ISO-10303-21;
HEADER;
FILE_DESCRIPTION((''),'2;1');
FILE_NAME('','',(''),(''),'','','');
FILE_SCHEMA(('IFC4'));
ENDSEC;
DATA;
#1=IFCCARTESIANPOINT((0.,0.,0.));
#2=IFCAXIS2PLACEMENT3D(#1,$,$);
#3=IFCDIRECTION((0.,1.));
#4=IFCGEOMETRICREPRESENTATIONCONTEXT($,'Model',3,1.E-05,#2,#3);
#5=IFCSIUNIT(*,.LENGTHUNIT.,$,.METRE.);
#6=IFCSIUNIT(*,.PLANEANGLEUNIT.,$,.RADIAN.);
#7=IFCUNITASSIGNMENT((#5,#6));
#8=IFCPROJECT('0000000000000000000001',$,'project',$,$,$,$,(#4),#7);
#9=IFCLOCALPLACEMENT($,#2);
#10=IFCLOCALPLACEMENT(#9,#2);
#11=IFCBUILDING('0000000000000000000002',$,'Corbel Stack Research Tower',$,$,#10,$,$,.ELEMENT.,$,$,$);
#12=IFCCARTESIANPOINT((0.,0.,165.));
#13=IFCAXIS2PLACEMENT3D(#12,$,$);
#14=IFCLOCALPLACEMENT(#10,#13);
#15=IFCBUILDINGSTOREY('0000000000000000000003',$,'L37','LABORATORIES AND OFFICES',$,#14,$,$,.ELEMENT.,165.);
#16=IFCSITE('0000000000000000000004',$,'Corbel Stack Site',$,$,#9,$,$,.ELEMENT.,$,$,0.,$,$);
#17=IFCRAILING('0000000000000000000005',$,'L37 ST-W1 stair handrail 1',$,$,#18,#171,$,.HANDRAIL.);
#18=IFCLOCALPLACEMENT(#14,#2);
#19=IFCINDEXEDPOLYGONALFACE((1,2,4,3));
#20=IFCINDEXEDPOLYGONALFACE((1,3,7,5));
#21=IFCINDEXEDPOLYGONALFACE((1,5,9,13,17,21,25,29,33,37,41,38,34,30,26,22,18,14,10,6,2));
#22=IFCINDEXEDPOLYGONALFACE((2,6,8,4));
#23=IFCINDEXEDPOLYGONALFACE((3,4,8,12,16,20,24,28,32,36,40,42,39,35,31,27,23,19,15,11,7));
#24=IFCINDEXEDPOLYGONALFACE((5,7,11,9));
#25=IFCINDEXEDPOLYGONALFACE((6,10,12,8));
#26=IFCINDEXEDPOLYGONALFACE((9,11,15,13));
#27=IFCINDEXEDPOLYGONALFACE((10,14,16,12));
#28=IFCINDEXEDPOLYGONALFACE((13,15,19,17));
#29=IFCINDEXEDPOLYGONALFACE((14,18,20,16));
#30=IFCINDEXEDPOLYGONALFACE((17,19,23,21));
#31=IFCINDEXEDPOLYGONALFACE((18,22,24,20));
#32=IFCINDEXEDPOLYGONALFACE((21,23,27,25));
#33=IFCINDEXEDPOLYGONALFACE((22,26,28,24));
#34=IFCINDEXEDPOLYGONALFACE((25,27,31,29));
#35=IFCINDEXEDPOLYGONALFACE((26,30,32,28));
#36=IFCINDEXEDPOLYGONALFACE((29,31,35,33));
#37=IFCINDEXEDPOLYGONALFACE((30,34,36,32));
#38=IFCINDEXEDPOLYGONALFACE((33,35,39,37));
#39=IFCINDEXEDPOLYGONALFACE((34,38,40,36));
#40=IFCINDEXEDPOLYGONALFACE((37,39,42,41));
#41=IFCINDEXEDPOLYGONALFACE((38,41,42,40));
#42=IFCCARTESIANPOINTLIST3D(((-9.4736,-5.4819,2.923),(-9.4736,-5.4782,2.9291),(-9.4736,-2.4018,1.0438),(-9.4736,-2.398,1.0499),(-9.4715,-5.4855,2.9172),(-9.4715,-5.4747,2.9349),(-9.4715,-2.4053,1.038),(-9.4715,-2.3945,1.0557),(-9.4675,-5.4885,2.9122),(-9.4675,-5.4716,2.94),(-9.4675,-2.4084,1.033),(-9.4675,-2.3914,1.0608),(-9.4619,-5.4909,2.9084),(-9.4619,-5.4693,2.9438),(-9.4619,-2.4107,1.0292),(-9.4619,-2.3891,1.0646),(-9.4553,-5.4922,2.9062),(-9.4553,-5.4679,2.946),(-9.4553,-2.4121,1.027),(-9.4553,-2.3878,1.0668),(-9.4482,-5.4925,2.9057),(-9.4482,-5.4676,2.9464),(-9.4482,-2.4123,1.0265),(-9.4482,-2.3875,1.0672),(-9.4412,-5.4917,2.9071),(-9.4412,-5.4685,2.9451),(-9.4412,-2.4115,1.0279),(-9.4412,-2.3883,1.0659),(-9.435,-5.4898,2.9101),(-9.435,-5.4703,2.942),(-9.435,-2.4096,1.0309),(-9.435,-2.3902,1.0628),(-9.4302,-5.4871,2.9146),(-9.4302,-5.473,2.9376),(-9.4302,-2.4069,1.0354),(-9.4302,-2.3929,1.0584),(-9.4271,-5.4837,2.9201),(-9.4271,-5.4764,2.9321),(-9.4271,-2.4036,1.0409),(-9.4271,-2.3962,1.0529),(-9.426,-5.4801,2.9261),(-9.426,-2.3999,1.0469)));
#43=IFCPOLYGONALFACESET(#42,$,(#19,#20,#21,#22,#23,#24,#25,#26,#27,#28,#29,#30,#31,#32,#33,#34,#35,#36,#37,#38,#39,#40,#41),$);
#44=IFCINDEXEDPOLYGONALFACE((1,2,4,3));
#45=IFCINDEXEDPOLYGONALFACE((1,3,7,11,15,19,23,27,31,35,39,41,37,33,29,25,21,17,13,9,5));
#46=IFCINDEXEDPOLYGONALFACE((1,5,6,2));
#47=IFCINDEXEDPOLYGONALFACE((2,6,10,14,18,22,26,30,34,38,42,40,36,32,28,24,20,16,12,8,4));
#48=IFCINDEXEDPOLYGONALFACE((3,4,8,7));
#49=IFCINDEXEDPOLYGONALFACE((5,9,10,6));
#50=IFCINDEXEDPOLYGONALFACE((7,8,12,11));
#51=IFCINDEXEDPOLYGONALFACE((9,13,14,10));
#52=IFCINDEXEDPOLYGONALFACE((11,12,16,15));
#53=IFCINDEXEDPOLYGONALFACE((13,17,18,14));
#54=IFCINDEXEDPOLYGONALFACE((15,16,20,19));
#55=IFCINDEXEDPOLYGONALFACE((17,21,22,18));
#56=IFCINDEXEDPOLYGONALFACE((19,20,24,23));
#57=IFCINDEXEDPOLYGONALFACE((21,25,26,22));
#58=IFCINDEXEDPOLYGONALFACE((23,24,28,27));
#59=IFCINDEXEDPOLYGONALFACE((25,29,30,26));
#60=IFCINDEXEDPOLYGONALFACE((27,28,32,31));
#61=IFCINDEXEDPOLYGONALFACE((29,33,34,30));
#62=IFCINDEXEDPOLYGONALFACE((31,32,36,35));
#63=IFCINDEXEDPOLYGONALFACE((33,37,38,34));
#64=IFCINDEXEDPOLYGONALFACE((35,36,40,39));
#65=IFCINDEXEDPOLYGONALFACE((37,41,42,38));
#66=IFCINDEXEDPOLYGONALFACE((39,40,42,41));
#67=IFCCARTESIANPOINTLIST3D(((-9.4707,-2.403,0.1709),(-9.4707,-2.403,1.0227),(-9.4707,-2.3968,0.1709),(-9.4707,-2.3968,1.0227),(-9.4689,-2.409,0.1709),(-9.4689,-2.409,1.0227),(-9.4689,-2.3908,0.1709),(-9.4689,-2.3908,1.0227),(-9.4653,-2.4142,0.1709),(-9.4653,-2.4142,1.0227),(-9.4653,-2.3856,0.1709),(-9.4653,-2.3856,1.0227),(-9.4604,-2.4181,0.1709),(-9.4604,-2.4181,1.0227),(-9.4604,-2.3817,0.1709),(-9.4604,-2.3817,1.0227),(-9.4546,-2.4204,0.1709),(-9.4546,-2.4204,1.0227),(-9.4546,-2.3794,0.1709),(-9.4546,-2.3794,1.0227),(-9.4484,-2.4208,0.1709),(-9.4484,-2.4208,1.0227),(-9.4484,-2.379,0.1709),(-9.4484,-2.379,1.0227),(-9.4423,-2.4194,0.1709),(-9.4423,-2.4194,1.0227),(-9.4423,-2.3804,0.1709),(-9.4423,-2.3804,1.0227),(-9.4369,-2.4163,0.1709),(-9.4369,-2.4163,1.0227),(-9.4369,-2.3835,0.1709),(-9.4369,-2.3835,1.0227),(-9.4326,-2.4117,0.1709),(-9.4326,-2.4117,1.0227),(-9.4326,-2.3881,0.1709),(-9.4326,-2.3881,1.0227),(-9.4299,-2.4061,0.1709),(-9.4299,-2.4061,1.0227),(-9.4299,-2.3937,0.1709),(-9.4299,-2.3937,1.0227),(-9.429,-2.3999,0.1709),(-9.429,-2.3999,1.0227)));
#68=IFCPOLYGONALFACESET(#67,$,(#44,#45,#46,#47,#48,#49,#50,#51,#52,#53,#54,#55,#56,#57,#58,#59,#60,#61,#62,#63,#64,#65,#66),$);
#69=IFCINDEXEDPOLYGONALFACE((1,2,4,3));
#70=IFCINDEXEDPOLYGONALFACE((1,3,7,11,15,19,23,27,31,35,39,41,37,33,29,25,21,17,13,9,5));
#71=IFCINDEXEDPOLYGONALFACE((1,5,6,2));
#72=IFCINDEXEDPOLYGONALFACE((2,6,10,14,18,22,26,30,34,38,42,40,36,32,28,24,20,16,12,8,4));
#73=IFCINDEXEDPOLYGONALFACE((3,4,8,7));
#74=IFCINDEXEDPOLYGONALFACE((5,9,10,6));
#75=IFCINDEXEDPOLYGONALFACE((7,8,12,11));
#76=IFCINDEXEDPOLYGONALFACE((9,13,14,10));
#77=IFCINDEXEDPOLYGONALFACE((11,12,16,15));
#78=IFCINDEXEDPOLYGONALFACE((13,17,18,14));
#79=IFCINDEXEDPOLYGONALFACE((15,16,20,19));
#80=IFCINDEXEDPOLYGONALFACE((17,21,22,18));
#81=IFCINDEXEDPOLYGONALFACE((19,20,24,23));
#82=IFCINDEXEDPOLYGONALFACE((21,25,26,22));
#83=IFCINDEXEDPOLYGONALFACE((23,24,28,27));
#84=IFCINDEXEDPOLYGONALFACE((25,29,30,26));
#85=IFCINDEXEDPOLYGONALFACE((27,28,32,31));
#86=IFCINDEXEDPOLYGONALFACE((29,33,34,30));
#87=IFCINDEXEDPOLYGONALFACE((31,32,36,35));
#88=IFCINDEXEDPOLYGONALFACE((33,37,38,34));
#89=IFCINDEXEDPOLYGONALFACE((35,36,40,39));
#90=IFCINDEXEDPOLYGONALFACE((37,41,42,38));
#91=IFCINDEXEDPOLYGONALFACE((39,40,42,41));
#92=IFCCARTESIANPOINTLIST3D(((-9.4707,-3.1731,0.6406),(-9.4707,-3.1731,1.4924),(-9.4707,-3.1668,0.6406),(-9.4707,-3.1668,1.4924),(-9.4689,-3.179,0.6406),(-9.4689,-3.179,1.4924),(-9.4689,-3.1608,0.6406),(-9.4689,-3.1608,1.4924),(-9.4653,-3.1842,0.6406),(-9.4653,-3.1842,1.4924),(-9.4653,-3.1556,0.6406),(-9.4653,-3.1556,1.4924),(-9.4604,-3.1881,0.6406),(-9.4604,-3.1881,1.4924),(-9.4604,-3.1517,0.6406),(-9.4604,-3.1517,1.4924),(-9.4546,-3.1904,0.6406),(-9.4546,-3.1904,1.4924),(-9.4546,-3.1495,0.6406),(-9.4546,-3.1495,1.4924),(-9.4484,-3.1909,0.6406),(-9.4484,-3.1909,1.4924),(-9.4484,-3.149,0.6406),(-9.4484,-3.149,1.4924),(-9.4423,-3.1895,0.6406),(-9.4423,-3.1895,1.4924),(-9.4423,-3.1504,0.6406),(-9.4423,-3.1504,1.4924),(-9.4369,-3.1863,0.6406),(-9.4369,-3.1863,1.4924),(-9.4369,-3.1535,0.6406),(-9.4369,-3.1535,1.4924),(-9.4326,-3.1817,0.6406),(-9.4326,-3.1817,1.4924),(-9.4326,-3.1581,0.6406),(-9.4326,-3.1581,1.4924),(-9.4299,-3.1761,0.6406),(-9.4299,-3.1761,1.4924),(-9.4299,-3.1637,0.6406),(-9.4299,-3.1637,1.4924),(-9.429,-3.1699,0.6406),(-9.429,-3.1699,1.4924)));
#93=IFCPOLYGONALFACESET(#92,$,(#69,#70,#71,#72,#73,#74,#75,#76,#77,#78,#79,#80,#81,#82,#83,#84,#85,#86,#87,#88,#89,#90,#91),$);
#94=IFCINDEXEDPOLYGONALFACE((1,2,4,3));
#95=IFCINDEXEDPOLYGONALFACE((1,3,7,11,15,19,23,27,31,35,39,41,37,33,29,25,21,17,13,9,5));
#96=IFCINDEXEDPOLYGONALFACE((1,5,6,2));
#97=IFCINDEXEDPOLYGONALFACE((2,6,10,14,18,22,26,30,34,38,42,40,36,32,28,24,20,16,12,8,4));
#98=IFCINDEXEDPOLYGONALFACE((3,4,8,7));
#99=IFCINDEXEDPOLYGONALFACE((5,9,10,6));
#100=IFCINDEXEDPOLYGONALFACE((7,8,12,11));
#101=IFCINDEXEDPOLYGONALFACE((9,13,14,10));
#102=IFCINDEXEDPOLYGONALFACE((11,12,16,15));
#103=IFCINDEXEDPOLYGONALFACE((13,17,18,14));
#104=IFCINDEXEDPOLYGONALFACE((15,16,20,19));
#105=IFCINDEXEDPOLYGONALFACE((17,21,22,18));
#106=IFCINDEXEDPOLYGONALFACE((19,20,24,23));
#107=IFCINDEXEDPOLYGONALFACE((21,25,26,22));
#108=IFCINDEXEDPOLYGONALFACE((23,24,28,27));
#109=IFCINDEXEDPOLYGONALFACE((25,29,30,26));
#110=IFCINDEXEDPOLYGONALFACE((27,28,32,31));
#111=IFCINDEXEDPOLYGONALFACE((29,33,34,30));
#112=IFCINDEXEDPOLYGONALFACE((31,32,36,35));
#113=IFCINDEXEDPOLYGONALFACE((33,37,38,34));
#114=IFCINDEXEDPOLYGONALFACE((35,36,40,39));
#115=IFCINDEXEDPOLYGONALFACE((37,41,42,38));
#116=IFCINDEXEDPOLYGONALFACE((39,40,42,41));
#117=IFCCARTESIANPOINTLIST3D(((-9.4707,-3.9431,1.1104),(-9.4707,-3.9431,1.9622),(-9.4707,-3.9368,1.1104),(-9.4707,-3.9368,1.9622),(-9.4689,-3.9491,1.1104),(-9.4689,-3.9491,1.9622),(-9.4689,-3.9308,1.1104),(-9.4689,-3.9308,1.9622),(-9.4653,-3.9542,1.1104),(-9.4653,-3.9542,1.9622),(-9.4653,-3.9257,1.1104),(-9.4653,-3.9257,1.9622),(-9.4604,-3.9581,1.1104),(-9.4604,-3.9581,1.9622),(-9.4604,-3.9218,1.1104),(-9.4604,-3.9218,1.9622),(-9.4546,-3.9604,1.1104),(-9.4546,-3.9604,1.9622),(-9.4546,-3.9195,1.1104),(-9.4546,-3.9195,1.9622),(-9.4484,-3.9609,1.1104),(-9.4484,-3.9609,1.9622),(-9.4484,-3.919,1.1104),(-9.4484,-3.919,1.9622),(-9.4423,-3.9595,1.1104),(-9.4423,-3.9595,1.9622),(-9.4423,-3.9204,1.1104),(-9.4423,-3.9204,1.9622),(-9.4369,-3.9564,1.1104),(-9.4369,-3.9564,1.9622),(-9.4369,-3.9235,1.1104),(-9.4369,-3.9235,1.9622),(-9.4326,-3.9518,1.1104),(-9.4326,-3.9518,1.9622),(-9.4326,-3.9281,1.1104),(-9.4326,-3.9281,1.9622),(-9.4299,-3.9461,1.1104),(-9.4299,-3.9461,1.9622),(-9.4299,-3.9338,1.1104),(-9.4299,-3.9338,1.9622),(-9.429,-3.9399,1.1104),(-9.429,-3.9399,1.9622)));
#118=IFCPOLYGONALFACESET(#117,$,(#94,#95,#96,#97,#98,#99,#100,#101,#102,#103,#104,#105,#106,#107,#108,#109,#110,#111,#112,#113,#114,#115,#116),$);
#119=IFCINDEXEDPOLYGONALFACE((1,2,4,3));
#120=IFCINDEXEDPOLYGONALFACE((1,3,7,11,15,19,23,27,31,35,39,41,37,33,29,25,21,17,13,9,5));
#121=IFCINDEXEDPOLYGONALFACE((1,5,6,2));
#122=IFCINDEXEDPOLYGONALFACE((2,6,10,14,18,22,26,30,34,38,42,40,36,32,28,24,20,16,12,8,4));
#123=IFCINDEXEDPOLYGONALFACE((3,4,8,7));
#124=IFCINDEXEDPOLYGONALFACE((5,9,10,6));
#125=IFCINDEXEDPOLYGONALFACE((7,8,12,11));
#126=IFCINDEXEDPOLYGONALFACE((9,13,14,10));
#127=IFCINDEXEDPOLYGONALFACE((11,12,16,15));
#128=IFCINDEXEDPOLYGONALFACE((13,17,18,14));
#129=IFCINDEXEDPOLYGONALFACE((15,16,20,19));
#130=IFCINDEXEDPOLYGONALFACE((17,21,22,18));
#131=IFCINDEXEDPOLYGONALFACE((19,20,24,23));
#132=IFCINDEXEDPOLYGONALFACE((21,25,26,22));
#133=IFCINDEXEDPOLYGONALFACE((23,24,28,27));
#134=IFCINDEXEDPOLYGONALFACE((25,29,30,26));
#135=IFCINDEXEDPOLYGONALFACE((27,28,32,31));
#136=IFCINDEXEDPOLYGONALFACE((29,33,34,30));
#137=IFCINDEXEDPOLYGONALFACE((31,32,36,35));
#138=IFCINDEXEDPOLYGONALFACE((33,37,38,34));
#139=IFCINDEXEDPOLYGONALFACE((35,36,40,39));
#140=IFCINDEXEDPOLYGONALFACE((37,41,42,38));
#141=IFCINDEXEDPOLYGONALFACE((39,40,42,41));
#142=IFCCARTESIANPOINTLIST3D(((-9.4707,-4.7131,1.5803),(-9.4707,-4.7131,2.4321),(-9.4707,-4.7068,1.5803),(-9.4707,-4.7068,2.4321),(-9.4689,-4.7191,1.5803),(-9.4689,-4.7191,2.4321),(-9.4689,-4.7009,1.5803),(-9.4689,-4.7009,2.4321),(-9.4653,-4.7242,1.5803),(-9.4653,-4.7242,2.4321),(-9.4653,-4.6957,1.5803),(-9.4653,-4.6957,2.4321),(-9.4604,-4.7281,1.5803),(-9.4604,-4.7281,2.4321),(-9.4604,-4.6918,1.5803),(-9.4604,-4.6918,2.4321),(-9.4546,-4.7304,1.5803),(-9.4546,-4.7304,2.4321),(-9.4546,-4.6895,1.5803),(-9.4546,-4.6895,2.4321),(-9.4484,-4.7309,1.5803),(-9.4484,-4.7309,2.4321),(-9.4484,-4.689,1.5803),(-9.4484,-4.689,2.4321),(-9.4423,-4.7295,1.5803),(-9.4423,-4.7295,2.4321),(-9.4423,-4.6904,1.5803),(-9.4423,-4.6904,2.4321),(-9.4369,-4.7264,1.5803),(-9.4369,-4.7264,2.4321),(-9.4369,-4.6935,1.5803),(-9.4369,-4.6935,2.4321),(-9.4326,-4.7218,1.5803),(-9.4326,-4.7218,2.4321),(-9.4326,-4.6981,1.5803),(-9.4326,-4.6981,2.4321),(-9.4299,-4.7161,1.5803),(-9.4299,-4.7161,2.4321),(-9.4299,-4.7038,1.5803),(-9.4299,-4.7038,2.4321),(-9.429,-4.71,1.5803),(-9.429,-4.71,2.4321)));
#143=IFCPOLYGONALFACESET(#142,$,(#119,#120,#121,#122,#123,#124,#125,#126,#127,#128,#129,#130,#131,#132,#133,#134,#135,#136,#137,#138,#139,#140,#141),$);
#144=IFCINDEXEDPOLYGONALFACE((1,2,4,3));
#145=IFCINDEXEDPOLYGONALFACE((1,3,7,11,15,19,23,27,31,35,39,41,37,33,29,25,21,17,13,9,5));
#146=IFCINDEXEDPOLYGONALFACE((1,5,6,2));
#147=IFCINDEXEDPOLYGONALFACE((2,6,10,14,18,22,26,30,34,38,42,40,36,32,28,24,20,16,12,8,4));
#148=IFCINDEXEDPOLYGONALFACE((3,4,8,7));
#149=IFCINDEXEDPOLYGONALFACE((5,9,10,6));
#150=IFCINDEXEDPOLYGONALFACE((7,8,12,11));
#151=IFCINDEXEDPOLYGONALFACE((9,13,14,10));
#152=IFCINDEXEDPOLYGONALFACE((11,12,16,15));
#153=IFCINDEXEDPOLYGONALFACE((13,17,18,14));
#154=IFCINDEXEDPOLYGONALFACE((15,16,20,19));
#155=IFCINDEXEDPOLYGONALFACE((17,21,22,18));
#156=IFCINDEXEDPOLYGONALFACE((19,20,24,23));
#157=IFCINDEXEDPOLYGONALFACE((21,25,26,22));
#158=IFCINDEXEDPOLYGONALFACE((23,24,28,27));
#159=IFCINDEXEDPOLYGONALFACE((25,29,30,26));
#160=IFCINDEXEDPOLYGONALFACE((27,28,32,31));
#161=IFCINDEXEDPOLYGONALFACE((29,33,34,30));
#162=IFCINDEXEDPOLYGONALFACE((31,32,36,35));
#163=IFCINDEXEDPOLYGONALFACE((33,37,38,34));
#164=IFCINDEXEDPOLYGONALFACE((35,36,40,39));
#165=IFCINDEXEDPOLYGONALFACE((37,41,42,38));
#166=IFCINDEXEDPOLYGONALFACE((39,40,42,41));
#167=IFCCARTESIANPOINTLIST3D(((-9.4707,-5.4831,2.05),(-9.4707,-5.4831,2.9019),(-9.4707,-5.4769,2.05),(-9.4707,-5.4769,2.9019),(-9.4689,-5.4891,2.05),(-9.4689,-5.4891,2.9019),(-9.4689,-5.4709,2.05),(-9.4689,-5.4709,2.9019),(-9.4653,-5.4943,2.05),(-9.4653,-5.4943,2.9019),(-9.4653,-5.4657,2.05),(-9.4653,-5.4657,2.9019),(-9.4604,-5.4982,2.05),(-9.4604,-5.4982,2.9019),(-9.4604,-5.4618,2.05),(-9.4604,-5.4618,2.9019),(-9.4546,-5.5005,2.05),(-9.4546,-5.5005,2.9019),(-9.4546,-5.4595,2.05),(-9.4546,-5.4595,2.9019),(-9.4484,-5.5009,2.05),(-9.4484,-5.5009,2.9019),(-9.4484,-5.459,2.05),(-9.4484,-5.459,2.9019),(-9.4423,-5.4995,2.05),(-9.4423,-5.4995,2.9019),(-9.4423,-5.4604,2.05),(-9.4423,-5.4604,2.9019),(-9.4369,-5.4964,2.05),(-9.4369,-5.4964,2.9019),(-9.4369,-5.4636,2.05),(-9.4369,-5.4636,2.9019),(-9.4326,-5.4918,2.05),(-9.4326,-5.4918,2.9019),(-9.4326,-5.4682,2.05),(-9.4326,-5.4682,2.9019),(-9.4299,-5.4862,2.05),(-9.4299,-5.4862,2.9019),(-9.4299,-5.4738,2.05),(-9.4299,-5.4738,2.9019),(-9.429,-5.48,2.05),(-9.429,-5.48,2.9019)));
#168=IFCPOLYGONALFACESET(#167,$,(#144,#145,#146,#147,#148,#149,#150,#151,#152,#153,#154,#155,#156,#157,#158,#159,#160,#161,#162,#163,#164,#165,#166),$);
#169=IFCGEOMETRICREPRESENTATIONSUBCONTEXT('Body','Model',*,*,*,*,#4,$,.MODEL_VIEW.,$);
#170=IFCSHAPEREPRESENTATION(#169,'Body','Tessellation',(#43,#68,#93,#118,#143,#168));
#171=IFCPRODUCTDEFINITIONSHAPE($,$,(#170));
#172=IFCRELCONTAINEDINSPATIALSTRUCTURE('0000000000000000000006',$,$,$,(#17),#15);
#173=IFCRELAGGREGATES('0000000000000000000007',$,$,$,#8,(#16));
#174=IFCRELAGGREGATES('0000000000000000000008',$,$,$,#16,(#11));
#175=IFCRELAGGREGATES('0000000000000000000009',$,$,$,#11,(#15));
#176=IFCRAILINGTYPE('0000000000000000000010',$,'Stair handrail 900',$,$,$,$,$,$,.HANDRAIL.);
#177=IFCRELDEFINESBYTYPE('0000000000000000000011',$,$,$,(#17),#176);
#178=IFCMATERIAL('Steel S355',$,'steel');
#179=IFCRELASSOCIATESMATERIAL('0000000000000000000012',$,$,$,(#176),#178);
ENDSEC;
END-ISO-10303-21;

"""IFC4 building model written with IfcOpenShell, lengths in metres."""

from ifc_helpers import new_model, si_unit, direction, frame, origin, origin_2d, place, context, subcontext, project, spatial, circle, extrude, material, type_object, element, save


model = new_model("IFC4")

# Units and contexts
model_context = context("Model", 3, precision=1e-05, world=origin(), true_north=direction((0.0, 1.0)))
body_context = subcontext(model_context, "Body", "Model", "MODEL_VIEW")
ifc_project = project(units=[si_unit("LENGTHUNIT", "METRE"), si_unit("PLANEANGLEUNIT", "RADIAN")], contexts=[model_context])

# Site, building, storey
site_placement = place(None, origin())
site = spatial("IfcSite", under=ifc_project, at=site_placement, Name="Corbel Stack Site", CompositionType="ELEMENT", RefElevation=0.0)
building_placement = place(site_placement, origin())
building = spatial("IfcBuilding", under=site, at=building_placement, Name="Corbel Stack Research Tower", CompositionType="ELEMENT")
storey_placement = place(building_placement, frame((0.0, 0.0, 165.0)))
storey = spatial("IfcBuildingStorey", under=building, at=storey_placement, Name="L37", Description="LABORATORIES AND OFFICES", CompositionType="ELEMENT", Elevation=165.0)

# Railing
ifc_material_1 = material(Name="Steel S355", Category="steel")
railing_type_1 = type_object("IfcRailingType", Name="Stair handrail 900", PredefinedType="HANDRAIL", material=ifc_material_1)
railing_1_placement = place(storey_placement, frame((-9.45, -2.3999, 0.1709)))
element("IfcRailing", 1, at=railing_1_placement, inside=storey, type_object=railing_type_1, Name="L37 ST-W1 stair handrail 1", PredefinedType="HANDRAIL", context=body_context, shape_type="SweptSolid", body=[
    extrude(circle(Radius=0.0239, at=origin_2d()), frame((0.0, 0.0, 0.876), z_axis=(0.0, -0.853666, 0.52082), x_axis=(1.0, 0.0, 0.0)), (0.0, 0.0, 1.0), 3.6082),
    extrude(circle(Radius=0.021, at=origin_2d()), origin(), (0.0, 0.0, 1.0), 0.8518),
    extrude(circle(Radius=0.021, at=origin_2d()), frame((0.0, -0.77, 0.4697)), (0.0, 0.0, 1.0), 0.8518),
    extrude(circle(Radius=0.021, at=origin_2d()), frame((0.0, -1.54, 0.9395)), (0.0, 0.0, 1.0), 0.8518),
    extrude(circle(Radius=0.021, at=origin_2d()), frame((0.0, -2.3101, 1.4094)), (0.0, 0.0, 1.0), 0.8518),
    extrude(circle(Radius=0.021, at=origin_2d()), frame((0.0, -3.0801, 1.8792)), (0.0, 0.0, 1.0), 0.8518),
])

save(model, "model.ifc")
